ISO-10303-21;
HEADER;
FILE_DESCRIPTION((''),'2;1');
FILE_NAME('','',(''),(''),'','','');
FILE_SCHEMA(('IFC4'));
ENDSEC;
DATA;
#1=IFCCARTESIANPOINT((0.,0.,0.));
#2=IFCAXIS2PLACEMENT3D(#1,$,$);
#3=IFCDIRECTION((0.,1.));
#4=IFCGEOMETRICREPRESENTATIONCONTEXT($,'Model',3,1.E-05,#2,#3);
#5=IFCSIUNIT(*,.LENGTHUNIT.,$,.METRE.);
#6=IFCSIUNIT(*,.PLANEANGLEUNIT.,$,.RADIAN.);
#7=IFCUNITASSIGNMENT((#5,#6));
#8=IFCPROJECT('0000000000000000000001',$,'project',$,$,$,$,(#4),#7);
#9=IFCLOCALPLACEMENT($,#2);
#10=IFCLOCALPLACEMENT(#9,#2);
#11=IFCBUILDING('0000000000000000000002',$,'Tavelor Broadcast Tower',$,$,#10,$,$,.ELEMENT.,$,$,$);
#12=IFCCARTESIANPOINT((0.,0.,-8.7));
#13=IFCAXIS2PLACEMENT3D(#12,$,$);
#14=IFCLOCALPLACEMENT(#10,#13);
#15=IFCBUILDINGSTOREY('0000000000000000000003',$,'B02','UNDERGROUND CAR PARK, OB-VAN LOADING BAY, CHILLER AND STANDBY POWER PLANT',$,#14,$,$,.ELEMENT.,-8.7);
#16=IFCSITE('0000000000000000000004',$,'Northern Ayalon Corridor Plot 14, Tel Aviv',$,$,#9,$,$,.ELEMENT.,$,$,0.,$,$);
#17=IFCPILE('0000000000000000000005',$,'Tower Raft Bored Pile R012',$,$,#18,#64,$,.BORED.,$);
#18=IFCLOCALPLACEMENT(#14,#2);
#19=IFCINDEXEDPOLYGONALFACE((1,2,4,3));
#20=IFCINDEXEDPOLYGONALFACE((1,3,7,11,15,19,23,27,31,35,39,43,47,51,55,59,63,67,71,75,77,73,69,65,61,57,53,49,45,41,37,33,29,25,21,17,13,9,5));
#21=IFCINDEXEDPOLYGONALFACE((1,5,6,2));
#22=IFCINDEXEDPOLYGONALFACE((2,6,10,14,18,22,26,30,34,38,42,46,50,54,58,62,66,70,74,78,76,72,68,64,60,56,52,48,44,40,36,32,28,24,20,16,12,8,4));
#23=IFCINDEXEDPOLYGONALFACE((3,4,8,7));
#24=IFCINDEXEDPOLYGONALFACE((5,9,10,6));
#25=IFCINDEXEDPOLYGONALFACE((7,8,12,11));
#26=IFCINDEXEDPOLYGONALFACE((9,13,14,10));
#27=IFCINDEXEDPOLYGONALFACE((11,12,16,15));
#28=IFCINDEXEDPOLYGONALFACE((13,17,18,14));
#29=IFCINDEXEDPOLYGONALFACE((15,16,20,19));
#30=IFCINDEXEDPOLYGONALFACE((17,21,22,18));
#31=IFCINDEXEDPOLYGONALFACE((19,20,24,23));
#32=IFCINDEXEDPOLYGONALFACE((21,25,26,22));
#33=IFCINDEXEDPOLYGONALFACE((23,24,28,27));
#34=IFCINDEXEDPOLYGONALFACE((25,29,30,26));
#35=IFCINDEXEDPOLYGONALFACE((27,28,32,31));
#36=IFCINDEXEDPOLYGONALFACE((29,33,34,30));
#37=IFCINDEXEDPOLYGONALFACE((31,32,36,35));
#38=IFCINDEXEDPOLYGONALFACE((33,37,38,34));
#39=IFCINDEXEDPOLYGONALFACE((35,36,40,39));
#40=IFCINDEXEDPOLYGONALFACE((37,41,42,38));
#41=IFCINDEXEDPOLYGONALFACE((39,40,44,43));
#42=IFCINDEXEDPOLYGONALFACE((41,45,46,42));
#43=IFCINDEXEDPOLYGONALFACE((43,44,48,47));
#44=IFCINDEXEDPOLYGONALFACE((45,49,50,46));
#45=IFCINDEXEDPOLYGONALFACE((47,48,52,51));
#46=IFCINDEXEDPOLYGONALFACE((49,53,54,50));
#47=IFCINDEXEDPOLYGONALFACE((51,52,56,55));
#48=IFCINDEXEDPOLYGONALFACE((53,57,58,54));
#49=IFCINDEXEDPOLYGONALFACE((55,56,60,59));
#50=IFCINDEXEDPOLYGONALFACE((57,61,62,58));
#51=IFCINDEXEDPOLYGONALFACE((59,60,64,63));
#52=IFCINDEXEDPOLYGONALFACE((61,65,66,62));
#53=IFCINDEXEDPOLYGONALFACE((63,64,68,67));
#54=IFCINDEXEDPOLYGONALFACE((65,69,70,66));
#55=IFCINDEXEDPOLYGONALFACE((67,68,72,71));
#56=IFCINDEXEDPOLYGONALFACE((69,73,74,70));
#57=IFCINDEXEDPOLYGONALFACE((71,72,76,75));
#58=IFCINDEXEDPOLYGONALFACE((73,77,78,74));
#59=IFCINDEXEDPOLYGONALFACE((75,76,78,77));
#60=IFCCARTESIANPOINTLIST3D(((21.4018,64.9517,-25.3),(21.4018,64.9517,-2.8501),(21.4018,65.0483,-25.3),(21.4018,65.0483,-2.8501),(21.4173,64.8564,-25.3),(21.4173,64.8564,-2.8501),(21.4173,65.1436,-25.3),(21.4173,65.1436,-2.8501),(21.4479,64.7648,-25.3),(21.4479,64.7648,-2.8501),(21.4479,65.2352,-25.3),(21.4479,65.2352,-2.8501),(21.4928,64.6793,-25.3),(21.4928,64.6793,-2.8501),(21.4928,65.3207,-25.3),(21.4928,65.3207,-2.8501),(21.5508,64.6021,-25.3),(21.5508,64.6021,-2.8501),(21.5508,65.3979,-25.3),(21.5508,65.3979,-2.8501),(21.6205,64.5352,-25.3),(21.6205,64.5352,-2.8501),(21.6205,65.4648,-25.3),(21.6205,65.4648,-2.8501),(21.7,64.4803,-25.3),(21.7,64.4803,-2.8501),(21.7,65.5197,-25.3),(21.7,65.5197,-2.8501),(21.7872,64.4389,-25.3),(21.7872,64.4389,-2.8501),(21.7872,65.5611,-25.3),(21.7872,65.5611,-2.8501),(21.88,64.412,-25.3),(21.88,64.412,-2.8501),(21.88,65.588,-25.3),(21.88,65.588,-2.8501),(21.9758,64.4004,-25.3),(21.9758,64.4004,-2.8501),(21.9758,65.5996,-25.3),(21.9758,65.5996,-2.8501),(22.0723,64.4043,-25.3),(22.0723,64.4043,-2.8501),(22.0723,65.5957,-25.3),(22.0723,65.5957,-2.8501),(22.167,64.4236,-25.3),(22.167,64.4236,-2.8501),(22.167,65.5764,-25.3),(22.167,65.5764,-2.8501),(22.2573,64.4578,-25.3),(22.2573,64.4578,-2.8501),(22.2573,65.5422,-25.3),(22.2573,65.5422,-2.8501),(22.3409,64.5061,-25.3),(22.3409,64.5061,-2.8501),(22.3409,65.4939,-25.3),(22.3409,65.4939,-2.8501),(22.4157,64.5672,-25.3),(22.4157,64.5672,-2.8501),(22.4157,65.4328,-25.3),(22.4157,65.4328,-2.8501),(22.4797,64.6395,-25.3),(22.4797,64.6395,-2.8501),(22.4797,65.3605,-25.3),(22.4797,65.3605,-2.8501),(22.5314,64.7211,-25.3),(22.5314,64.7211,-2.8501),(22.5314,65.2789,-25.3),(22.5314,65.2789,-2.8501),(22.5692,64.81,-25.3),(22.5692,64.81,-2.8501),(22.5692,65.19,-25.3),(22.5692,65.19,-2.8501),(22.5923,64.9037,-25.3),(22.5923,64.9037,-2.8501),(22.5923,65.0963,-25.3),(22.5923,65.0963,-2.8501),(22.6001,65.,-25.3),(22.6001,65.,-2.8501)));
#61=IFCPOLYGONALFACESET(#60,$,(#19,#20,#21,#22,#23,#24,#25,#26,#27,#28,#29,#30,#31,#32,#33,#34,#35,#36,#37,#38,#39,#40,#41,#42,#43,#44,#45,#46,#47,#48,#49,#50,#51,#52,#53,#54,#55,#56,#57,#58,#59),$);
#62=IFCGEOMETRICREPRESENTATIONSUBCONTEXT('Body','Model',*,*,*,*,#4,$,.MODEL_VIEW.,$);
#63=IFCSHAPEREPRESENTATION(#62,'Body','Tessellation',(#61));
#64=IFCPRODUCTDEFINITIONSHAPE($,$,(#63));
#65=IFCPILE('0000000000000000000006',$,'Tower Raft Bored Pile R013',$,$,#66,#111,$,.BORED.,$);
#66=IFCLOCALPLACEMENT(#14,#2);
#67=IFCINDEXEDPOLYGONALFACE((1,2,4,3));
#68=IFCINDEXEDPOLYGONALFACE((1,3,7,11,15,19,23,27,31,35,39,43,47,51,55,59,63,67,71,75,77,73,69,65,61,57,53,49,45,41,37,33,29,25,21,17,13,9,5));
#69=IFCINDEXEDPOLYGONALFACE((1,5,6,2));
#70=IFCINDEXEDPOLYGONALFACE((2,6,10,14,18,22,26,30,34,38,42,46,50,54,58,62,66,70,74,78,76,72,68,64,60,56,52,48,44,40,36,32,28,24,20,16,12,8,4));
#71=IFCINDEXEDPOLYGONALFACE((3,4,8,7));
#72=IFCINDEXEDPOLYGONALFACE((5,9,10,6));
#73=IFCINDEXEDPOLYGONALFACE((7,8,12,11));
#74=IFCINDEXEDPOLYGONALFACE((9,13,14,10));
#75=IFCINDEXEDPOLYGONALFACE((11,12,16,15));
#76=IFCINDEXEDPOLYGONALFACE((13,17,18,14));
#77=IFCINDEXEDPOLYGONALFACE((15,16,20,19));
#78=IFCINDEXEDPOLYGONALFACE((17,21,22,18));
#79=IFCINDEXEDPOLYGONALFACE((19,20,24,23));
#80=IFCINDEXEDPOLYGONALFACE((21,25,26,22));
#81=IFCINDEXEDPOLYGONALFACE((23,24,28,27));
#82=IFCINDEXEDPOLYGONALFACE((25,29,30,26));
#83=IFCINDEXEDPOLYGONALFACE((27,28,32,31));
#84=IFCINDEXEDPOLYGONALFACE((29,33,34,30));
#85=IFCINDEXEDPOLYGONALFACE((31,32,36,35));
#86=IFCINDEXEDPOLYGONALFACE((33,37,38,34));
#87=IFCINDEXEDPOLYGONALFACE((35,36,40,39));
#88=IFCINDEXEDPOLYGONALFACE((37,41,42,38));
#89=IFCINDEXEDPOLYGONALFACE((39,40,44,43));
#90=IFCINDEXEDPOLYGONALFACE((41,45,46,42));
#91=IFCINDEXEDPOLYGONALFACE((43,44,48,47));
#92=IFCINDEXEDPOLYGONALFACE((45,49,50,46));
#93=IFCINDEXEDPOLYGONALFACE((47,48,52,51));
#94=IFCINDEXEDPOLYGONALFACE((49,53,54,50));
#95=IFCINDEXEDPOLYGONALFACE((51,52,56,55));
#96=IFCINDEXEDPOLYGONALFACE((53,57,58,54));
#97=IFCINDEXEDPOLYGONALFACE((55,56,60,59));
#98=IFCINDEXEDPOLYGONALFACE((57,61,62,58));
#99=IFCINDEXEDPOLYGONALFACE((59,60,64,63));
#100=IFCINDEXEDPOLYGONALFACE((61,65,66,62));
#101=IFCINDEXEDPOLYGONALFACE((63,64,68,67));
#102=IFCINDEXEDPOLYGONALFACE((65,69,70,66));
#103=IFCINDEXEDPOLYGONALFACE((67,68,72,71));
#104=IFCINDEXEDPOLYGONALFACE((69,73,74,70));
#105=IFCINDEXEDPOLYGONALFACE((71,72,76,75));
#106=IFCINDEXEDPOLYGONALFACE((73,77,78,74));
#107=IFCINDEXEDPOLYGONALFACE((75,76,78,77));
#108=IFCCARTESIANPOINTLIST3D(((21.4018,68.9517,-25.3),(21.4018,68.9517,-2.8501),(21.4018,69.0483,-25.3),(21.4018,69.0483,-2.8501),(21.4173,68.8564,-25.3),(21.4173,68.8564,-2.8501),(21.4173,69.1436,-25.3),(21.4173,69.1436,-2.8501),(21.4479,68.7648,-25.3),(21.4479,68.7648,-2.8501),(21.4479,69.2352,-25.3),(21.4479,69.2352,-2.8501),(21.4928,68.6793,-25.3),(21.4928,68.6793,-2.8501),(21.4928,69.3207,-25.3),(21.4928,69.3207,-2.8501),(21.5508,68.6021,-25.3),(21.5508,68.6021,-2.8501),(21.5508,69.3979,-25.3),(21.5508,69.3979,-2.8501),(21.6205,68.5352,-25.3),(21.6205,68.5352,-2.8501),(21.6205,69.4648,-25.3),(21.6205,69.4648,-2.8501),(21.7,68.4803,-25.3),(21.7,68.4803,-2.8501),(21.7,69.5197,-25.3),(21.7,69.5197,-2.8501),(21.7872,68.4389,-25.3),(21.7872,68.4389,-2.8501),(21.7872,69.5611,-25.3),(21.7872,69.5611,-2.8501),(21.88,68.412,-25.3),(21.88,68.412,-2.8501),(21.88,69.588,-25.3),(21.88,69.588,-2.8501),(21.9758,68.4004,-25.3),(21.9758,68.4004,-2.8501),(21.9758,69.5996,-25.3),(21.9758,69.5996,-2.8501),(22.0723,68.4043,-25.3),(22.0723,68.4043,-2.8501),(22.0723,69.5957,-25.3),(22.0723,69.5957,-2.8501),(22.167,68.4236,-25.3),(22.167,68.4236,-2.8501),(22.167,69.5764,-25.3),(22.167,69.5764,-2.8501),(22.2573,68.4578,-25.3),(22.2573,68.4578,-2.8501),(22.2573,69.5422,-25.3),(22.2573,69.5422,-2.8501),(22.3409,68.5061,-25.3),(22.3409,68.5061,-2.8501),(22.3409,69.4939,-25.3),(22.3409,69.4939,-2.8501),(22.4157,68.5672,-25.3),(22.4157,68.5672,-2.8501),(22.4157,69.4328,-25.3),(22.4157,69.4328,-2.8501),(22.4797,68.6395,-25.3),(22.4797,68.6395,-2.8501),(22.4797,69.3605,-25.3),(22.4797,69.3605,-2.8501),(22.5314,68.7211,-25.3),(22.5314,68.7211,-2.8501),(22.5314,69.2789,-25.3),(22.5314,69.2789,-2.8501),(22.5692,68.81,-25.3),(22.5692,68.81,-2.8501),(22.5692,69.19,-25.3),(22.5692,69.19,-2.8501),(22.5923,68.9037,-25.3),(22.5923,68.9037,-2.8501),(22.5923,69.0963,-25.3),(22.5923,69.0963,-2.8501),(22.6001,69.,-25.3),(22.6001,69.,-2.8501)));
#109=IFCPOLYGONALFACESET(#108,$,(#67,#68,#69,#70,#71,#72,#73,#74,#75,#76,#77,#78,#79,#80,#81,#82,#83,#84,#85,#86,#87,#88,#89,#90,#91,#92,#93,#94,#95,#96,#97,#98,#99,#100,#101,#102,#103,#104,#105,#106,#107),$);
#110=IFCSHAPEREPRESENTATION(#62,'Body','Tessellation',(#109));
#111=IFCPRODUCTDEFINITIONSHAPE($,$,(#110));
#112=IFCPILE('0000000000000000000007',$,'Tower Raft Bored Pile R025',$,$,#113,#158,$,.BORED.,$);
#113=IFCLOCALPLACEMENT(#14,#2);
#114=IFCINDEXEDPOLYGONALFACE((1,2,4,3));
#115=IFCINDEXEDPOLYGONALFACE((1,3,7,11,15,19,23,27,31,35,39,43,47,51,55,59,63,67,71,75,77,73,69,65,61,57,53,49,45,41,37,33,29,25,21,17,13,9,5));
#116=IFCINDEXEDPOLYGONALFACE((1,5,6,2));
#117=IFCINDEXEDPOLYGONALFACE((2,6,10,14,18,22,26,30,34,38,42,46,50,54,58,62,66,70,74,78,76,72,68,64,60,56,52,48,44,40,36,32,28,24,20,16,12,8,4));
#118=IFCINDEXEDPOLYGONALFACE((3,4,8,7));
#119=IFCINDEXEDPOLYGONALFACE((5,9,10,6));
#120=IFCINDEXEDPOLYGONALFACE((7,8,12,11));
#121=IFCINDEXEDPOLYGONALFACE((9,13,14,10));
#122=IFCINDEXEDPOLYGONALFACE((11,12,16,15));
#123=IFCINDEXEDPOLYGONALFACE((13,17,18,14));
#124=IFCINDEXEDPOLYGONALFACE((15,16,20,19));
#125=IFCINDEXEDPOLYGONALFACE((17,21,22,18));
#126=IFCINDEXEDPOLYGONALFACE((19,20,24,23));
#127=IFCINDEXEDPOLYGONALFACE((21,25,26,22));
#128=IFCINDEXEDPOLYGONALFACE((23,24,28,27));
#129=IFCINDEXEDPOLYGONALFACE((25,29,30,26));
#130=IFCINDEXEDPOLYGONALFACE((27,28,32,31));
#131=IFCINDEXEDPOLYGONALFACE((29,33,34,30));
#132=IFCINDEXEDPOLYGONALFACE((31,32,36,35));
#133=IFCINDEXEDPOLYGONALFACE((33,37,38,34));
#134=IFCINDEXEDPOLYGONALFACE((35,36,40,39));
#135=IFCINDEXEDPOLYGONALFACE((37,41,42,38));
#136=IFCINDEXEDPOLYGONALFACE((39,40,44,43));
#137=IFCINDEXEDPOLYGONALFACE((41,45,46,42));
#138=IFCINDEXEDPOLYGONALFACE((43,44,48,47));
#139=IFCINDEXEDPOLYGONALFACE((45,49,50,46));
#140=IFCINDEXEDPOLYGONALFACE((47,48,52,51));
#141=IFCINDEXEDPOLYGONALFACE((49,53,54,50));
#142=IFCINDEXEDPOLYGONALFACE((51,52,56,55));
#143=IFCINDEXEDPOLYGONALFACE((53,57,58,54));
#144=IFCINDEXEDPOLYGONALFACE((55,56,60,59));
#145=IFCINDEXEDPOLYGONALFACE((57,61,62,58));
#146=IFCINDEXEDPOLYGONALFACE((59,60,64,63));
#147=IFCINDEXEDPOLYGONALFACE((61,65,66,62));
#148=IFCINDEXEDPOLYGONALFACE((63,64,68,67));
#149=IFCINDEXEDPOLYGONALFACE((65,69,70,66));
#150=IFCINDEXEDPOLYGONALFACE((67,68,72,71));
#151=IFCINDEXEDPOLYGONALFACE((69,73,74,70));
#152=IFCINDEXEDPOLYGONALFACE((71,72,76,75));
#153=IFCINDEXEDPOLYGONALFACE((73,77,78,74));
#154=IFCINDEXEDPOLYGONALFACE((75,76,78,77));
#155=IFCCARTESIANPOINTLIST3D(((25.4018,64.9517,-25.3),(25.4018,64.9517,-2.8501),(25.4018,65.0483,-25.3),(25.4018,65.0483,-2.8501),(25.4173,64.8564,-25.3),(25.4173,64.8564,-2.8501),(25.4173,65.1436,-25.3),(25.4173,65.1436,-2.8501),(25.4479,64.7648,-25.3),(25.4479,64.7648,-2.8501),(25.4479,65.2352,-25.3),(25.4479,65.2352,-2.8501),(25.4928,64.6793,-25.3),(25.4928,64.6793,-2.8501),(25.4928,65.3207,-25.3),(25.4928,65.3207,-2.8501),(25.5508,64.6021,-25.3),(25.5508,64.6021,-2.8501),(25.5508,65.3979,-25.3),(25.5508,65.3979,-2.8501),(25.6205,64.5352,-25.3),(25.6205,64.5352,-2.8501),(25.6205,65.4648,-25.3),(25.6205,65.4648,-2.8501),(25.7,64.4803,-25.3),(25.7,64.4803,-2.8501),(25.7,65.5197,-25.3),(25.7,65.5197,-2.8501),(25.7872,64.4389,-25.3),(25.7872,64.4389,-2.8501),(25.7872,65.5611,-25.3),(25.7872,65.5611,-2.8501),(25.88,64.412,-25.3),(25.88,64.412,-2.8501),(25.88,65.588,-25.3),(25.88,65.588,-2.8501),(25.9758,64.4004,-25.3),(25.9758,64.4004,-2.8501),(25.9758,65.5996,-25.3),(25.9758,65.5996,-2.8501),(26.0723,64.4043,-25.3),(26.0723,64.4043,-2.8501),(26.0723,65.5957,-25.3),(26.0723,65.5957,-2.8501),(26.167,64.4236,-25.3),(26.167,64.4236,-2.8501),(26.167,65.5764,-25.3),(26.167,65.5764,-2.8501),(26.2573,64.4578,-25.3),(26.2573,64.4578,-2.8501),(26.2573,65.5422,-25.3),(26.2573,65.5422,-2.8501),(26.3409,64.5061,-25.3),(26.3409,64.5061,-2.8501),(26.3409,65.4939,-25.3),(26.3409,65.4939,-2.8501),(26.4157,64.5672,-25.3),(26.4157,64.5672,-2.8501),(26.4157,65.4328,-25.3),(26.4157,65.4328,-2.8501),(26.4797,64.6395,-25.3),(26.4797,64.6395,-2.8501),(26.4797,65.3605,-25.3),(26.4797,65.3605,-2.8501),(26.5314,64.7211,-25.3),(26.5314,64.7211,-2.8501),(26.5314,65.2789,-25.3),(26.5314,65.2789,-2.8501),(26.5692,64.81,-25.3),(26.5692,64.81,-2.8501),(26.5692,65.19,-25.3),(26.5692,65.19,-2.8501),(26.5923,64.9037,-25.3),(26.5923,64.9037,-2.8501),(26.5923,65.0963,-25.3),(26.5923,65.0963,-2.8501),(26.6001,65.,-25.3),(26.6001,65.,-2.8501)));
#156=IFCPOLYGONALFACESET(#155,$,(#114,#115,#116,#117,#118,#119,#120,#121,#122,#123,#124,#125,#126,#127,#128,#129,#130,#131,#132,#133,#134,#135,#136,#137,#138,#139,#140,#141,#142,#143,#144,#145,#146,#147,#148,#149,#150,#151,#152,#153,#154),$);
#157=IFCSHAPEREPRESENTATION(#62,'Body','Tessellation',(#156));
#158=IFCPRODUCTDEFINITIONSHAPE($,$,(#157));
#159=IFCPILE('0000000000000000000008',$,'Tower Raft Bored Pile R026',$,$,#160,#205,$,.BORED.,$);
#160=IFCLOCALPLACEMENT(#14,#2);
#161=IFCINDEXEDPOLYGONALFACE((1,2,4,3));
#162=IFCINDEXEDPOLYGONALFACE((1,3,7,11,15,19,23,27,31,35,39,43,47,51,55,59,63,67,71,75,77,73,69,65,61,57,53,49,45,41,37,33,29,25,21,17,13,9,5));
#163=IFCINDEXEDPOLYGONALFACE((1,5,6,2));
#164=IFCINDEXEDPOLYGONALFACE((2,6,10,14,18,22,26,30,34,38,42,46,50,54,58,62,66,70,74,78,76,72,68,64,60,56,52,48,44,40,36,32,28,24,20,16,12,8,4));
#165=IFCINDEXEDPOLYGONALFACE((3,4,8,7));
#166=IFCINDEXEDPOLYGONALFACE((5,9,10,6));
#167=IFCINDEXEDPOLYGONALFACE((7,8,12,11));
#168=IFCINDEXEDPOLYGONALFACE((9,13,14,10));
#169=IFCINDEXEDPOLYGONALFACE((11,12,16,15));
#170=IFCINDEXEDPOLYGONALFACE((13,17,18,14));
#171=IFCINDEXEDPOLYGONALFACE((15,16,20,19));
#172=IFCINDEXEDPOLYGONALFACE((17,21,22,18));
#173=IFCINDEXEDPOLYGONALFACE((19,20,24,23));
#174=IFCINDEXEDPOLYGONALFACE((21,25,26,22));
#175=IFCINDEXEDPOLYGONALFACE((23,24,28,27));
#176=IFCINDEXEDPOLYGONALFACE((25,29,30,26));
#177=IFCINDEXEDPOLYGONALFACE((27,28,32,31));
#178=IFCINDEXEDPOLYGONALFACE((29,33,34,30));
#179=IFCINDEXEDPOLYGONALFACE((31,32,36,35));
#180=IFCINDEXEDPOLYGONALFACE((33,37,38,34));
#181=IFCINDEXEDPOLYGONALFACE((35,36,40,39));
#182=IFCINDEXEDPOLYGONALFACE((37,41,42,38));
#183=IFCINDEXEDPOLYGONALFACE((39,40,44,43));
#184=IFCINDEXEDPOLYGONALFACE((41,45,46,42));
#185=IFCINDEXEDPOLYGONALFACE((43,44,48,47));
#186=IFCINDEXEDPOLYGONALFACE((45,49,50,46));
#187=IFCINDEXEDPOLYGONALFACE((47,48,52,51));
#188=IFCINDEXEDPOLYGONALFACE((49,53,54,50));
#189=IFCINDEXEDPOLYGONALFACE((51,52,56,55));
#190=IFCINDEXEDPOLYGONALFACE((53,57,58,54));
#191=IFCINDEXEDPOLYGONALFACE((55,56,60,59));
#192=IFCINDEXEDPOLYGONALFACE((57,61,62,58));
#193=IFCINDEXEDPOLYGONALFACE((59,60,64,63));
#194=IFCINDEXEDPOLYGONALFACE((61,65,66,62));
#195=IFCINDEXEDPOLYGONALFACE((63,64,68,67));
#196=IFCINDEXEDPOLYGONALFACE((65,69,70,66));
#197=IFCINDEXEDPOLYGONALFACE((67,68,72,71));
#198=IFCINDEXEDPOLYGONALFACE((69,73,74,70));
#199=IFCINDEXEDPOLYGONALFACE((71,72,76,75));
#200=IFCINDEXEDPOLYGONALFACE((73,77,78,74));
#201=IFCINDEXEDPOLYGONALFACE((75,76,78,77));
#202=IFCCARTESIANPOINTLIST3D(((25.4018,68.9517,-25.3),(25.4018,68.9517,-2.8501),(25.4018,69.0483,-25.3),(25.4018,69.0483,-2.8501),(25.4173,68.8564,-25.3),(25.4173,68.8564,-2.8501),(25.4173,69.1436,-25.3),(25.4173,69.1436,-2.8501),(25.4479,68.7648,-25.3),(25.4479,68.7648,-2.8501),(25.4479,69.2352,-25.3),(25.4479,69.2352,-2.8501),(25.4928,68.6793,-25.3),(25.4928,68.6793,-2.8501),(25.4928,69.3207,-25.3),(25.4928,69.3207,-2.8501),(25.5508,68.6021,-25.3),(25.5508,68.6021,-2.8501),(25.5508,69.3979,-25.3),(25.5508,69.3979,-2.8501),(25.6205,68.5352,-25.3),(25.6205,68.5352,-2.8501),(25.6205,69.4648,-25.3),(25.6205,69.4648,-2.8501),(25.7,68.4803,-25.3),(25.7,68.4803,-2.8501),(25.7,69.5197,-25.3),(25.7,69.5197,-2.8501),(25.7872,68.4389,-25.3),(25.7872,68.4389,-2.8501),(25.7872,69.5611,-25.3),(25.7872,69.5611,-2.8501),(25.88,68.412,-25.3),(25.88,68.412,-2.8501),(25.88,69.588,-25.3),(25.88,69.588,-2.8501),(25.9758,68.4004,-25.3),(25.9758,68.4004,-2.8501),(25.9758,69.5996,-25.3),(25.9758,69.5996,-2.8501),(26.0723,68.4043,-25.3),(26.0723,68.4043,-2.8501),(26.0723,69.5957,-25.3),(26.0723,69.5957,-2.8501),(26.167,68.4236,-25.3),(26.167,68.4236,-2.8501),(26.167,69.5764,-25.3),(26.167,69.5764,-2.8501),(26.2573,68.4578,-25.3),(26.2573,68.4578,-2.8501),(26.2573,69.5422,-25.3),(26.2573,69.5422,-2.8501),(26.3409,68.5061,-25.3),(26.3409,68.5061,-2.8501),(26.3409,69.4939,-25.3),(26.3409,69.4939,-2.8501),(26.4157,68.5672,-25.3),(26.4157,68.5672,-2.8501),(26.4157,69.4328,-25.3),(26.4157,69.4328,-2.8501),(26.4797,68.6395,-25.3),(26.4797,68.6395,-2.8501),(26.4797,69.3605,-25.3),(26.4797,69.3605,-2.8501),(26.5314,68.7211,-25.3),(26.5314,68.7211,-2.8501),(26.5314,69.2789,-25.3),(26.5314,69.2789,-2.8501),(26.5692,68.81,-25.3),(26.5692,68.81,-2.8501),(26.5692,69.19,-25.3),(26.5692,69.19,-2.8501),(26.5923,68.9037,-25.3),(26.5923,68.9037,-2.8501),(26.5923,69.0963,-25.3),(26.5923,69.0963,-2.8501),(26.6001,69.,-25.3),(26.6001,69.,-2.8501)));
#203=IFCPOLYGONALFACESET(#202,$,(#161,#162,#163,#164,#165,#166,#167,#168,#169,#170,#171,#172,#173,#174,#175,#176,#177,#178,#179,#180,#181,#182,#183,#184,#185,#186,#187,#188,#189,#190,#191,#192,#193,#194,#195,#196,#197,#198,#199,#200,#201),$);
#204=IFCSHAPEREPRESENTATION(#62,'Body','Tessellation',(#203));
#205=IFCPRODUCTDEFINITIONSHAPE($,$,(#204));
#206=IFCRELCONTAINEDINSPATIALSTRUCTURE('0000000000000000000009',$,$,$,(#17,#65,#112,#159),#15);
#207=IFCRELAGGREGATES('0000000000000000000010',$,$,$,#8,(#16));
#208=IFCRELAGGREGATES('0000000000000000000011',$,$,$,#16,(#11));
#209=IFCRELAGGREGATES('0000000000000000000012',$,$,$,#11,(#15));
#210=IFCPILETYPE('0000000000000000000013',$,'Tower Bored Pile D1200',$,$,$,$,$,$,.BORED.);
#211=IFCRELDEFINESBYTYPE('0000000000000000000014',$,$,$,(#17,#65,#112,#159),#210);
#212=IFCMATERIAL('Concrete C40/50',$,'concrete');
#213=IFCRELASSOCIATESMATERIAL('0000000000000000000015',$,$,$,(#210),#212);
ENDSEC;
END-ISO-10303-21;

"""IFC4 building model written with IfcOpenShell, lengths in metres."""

from ifc_helpers import new_model, si_unit, direction, frame, origin, origin_2d, place, context, subcontext, project, spatial, circle, extrude, material, material_profile, profile_set, type_object, element, save


model = new_model("IFC4")

# Units and contexts
model_context = context("Model", 3, precision=1e-05, world=origin(), true_north=direction((0.0, 1.0)))
body_context = subcontext(model_context, "Body", "Model", "MODEL_VIEW")
ifc_project = project(units=[si_unit("LENGTHUNIT", "METRE"), si_unit("PLANEANGLEUNIT", "RADIAN")], contexts=[model_context])

# Site, building, storey
site_placement = place(None, origin())
site = spatial("IfcSite", under=ifc_project, at=site_placement, Name="Northern Ayalon Corridor Plot 14, Tel Aviv", CompositionType="ELEMENT", RefElevation=0.0)
building_placement = place(site_placement, origin())
building = spatial("IfcBuilding", under=site, at=building_placement, Name="Tavelor Broadcast Tower", CompositionType="ELEMENT")
storey_placement = place(building_placement, frame((0.0, 0.0, -8.7)))
storey = spatial("IfcBuildingStorey", under=building, at=storey_placement, Name="B02", Description="UNDERGROUND CAR PARK, OB-VAN LOADING BAY, CHILLER AND STANDBY POWER PLANT", CompositionType="ELEMENT", Elevation=-8.7)

# Shared definitions
ifc_material_1 = material(Name="Concrete C40/50", Category="concrete")

# Piles
ifc_material_profile_1 = material_profile(ifc_material_1, circle(Radius=0.6001, at=origin_2d()), Name="PILE D1200")
ifc_profile_set_1 = profile_set([ifc_material_profile_1], Name="Concrete C40/50")
pile_type_1 = type_object("IfcPileType", Name="Tower Bored Pile D1200", PredefinedType="BORED", material=ifc_profile_set_1)
for number, where, z_axis, x_axis, name in (
    (1, (22.0, 65.0, -2.8501), (0.0, 0.0, -1.0), (1.0, 0.0, 0.0), "Tower Raft Bored Pile R012"),
    (2, (22.0, 69.0, -2.8501), (0.0, 0.0, -1.0), (1.0, 0.0, 0.0), "Tower Raft Bored Pile R013"),
    (3, (26.0, 65.0, -2.8501), (0.0, 0.0, -1.0), (1.0, 0.0, 0.0), "Tower Raft Bored Pile R025"),
    (4, (26.0, 69.0, -2.8501), (0.0, 0.0, -1.0), (1.0, 0.0, 0.0), "Tower Raft Bored Pile R026"),
):
    element("IfcPile", number, at=place(storey_placement, frame(where, z_axis=z_axis, x_axis=x_axis)), inside=storey, type_object=pile_type_1, Name=name, PredefinedType="BORED", context=body_context, shape_type="SweptSolid", body=[
        extrude(circle(Radius=0.6001, at=origin_2d()), origin(), (0.0, 0.0, 1.0), 22.45),
    ])

save(model, "model.ifc")
